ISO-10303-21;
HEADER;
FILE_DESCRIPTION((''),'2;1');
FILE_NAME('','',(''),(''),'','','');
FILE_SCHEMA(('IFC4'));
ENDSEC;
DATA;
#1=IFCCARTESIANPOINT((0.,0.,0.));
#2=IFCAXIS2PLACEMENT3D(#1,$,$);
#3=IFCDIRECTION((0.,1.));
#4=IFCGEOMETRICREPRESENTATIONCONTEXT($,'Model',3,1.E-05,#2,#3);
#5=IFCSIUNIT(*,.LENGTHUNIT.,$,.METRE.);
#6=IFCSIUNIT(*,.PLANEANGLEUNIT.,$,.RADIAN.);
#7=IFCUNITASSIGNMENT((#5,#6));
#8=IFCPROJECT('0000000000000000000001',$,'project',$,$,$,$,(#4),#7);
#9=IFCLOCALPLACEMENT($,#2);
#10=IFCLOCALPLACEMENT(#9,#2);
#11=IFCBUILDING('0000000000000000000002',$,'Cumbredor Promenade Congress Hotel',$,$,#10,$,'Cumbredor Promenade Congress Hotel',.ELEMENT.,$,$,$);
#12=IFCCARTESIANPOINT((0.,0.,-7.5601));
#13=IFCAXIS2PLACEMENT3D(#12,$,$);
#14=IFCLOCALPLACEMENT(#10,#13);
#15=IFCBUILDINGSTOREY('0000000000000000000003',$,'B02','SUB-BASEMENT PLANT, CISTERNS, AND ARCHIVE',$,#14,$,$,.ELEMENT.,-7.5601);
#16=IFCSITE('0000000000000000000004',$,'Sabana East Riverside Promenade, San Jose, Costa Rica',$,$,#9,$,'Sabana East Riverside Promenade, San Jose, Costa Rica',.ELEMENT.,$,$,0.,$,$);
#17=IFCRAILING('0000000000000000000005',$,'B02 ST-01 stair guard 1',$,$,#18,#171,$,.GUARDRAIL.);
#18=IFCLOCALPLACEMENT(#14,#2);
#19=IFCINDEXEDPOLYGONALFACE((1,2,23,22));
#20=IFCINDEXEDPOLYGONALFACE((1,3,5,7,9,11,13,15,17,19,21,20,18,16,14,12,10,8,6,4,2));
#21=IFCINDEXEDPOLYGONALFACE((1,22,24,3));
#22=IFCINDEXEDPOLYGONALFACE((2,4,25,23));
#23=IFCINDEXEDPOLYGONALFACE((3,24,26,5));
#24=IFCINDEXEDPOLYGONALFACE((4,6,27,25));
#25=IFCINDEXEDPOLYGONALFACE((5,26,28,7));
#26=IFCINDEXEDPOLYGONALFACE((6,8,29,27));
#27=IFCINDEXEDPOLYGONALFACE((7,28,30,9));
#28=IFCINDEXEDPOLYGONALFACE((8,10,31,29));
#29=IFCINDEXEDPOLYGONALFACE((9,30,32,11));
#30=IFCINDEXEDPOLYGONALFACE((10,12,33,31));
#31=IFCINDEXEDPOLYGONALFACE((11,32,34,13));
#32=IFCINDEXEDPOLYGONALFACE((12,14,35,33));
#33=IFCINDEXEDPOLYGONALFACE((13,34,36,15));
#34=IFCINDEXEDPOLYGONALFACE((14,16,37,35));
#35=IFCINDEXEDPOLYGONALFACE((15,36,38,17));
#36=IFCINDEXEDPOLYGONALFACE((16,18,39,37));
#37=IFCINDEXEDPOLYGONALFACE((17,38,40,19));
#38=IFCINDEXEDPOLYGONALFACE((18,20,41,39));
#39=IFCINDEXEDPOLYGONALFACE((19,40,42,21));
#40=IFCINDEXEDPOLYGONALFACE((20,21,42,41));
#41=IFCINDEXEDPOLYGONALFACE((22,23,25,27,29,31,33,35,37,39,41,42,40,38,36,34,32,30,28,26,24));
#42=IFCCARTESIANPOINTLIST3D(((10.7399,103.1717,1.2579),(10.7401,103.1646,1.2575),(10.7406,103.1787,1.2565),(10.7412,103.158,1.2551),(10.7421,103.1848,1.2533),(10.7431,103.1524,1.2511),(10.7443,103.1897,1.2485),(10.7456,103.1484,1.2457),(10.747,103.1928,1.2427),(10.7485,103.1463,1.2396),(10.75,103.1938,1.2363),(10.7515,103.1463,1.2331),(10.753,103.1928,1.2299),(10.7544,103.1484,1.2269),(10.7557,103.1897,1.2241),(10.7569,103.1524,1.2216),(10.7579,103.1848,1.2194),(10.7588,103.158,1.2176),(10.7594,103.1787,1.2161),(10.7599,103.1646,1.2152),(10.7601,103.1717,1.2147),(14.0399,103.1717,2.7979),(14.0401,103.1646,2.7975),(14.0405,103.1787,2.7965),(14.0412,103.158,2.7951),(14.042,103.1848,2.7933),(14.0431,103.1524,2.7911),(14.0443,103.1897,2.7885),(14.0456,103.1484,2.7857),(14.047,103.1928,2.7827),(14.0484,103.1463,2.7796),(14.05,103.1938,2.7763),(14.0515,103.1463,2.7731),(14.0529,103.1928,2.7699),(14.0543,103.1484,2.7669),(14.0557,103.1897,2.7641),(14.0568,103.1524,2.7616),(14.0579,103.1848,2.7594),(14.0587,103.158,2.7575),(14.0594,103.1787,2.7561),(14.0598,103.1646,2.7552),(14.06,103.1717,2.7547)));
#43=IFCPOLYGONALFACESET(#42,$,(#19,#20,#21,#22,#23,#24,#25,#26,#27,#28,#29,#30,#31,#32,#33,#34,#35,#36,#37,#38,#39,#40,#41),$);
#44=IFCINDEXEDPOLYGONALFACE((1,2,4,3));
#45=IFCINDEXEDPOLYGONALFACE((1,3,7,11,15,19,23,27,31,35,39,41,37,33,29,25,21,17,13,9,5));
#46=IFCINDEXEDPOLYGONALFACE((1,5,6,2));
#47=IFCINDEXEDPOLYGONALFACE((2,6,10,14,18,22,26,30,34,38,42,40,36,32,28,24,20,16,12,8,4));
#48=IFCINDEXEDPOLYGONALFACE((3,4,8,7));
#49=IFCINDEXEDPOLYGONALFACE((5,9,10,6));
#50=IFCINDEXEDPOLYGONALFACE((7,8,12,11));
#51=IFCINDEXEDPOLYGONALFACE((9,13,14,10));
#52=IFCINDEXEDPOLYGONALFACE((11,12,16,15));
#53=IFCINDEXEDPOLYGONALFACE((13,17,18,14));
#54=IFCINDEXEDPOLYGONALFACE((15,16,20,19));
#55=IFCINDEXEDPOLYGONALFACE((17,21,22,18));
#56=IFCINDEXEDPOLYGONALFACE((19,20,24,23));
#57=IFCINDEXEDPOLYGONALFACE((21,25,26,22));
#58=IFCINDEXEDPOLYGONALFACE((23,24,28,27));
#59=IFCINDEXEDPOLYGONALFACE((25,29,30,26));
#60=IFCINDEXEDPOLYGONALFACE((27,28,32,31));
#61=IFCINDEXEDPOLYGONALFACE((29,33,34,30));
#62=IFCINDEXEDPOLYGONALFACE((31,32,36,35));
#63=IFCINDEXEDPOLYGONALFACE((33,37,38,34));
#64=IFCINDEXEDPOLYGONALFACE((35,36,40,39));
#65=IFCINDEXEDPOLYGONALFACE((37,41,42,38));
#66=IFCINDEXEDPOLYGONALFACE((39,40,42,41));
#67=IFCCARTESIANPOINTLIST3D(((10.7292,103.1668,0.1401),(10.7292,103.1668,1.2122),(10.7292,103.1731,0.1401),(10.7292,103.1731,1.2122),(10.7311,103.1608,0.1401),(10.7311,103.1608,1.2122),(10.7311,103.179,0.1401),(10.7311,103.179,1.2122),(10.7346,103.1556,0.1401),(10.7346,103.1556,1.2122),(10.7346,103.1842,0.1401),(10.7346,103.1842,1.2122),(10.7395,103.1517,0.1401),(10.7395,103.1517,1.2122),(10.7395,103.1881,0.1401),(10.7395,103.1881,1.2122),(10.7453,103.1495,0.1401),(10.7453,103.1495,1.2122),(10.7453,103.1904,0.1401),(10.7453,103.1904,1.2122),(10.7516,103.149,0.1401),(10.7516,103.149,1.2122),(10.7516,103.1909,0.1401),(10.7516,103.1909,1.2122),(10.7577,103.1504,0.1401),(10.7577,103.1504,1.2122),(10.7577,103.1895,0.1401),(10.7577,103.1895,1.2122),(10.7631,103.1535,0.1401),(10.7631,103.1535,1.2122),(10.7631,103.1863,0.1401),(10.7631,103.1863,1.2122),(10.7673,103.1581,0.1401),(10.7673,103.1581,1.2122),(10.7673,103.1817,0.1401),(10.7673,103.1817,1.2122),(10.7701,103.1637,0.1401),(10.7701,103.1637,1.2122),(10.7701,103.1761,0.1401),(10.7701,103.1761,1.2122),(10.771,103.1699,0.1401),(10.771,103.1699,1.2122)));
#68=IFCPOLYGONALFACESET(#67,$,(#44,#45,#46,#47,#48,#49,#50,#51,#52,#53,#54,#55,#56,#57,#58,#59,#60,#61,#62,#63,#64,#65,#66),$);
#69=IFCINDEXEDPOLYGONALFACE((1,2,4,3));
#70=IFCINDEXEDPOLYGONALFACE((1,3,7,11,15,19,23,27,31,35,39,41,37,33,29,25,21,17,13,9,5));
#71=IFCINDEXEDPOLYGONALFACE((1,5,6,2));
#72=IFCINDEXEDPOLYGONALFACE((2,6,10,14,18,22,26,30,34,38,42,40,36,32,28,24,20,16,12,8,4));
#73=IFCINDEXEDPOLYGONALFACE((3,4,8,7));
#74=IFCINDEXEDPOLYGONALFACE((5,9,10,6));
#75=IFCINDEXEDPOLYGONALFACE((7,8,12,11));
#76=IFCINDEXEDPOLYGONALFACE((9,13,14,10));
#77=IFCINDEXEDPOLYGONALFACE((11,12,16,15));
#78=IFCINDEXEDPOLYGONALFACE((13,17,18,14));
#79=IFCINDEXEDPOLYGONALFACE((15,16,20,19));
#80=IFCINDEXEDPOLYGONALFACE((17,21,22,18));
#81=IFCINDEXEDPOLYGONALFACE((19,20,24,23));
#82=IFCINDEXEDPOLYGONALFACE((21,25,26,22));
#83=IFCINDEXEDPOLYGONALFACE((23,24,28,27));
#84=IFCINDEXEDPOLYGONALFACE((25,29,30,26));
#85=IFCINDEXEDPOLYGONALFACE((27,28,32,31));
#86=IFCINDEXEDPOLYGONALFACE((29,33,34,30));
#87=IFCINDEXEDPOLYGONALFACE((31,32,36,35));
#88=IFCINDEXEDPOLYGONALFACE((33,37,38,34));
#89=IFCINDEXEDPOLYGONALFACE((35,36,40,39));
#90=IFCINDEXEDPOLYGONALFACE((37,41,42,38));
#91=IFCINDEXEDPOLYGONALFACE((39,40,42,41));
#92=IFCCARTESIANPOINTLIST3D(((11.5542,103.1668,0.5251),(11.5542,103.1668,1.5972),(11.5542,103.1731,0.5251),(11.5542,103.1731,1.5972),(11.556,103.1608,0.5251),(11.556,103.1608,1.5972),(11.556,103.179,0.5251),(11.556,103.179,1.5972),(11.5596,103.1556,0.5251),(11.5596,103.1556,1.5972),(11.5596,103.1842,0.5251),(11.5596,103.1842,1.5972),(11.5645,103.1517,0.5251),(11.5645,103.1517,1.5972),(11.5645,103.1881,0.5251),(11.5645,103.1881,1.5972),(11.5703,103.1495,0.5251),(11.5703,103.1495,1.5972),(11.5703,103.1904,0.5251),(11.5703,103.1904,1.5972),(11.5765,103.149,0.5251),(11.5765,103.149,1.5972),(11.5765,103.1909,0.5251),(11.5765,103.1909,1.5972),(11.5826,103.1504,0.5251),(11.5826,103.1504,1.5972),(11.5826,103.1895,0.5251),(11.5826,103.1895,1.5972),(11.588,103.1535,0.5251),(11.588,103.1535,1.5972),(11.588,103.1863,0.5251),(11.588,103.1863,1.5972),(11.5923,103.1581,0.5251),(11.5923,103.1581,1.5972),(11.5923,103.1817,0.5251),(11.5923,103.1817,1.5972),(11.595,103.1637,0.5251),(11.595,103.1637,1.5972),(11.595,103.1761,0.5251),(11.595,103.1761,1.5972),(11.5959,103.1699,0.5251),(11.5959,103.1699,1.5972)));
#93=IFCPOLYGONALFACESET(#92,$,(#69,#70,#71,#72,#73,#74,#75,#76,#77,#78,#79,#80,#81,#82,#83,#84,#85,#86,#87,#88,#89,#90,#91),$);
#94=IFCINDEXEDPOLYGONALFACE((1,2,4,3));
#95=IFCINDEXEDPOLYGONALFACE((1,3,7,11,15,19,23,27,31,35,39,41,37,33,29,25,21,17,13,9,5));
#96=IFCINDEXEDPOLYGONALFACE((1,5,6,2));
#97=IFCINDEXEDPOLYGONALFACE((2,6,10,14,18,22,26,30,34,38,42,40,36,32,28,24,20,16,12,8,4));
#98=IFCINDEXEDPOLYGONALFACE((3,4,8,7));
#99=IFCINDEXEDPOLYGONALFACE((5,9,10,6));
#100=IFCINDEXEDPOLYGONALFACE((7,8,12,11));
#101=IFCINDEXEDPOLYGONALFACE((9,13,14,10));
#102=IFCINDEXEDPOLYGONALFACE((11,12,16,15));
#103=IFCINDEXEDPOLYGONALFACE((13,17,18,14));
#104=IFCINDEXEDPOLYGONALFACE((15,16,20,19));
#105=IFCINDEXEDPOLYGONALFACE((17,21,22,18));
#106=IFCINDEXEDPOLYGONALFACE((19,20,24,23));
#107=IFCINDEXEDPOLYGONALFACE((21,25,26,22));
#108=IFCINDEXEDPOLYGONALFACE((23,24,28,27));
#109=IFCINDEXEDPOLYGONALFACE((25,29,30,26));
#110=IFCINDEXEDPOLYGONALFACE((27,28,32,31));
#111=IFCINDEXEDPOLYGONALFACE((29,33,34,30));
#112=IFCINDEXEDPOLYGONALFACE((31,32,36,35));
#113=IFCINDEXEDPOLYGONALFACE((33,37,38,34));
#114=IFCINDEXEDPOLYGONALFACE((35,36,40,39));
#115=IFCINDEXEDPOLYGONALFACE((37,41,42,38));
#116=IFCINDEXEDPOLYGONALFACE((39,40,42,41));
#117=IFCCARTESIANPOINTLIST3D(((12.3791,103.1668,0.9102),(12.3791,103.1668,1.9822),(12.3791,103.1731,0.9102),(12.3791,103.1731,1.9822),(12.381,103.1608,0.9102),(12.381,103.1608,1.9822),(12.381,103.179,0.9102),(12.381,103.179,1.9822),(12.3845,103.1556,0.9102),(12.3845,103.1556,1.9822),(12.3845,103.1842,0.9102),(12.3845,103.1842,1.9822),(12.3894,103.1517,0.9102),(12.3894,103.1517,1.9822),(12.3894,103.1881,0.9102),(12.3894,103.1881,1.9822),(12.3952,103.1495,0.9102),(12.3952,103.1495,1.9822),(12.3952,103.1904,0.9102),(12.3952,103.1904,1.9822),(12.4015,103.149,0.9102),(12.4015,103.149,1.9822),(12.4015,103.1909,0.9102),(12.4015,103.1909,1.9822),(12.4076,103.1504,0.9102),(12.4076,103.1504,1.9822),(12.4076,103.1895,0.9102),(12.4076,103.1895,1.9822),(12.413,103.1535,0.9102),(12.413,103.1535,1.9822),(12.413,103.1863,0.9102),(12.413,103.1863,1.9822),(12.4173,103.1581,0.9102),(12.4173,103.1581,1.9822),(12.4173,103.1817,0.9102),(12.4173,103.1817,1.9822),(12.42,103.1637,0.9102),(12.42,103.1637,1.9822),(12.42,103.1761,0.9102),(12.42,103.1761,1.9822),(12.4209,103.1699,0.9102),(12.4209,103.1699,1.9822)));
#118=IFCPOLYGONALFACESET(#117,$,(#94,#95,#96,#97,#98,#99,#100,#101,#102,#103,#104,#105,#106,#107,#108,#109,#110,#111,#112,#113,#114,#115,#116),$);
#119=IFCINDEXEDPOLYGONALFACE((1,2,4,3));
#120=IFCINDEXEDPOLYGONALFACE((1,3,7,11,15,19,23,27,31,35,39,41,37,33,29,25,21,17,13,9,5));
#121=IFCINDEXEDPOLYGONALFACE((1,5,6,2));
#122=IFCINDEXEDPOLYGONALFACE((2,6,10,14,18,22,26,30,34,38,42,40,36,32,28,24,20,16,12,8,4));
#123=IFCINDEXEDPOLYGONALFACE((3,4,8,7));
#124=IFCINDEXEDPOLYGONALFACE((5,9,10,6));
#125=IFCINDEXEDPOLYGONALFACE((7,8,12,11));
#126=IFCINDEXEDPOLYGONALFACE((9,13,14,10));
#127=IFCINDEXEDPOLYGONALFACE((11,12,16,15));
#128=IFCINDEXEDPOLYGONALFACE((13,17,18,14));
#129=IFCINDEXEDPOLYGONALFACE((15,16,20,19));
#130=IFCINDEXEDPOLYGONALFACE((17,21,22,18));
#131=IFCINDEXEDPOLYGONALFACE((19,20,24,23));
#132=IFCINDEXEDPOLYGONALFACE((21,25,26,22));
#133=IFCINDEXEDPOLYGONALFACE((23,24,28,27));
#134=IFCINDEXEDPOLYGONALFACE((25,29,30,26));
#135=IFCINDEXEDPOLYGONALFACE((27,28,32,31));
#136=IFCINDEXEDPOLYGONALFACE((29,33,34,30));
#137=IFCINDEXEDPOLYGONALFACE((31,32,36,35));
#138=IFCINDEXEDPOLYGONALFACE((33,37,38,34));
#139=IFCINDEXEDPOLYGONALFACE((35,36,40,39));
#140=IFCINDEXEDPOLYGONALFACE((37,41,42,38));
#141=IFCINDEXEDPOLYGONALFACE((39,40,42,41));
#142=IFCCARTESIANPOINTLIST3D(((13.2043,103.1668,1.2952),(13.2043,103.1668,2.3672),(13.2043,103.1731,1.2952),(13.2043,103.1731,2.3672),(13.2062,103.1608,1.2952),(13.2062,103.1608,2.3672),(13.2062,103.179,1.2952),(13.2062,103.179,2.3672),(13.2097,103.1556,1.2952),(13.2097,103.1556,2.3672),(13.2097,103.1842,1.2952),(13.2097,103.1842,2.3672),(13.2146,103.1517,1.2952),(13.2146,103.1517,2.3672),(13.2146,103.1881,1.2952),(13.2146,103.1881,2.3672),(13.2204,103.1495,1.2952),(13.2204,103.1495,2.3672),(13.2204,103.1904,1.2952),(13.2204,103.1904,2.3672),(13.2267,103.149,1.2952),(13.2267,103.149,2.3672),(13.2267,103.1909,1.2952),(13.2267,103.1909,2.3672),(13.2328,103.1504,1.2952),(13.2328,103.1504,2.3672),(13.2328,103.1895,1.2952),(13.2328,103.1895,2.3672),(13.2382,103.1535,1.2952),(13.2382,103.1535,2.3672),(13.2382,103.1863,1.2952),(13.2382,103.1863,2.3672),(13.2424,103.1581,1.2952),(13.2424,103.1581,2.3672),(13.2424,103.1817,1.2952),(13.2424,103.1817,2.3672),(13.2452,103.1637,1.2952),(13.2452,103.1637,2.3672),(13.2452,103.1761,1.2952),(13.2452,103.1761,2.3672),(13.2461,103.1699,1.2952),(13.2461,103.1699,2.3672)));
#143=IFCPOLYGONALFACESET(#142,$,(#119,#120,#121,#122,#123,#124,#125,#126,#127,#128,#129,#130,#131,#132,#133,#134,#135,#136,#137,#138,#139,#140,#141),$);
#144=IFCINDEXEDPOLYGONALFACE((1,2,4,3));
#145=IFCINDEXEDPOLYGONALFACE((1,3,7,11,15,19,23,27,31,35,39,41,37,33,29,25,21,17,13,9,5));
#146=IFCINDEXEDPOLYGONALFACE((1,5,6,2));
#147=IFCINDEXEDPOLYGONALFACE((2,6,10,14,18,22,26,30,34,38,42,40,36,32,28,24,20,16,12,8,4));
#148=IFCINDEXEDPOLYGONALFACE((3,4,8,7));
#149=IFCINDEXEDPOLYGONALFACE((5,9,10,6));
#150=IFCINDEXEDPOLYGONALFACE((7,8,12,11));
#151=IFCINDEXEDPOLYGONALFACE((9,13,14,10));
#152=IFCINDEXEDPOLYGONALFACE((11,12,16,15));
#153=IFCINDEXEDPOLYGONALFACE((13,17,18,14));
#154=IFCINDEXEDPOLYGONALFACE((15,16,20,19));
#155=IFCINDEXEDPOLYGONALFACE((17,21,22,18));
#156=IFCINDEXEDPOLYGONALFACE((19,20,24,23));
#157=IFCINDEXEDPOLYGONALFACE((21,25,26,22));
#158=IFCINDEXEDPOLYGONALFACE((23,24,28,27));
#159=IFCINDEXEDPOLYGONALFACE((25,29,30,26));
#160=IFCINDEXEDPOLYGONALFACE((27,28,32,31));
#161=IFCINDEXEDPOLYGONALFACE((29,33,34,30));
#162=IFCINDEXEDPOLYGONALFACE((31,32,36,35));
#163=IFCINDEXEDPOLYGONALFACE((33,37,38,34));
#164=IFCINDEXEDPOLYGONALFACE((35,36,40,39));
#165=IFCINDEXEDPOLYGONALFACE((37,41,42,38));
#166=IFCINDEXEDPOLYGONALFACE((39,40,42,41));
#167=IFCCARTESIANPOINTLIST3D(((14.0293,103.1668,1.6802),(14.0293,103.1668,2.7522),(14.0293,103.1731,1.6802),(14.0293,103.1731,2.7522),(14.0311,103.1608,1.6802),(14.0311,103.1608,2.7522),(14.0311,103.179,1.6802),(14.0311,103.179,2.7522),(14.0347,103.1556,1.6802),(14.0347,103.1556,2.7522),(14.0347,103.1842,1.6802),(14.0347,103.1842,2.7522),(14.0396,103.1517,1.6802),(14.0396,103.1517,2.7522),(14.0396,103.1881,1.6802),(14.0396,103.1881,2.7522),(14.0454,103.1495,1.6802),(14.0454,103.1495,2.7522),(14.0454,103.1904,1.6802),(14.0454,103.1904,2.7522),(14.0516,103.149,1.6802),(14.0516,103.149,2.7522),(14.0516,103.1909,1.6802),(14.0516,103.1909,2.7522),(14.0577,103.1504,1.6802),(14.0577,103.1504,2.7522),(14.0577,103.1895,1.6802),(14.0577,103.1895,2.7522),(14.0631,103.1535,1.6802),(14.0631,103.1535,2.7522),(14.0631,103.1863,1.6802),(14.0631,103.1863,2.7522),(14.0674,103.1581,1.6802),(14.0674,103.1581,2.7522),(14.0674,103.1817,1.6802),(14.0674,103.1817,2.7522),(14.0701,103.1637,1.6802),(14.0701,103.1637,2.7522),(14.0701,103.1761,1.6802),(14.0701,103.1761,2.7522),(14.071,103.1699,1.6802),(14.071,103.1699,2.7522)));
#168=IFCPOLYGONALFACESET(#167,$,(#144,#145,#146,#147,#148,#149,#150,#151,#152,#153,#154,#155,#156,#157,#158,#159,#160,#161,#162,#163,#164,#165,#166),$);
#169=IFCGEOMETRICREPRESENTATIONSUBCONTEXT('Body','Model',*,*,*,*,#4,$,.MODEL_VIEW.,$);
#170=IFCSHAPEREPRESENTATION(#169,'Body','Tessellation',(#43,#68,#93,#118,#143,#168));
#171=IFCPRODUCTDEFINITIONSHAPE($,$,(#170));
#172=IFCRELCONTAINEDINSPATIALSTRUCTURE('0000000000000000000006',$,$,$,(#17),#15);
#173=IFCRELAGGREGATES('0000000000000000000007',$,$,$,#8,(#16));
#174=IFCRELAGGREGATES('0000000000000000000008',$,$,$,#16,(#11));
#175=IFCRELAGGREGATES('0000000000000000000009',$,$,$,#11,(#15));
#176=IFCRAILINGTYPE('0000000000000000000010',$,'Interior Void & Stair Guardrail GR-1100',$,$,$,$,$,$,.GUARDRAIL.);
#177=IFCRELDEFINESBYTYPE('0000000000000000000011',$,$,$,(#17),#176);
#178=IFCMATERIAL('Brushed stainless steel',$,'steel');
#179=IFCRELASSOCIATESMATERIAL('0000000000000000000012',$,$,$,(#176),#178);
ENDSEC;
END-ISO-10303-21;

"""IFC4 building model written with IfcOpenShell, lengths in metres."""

from ifc_helpers import new_model, si_unit, direction, frame, origin, origin_2d, place, context, subcontext, project, spatial, circle, extrude, material, type_object, element, save


model = new_model("IFC4")

# Units and contexts
model_context = context("Model", 3, precision=1e-05, world=origin(), true_north=direction((0.0, 1.0)))
body_context = subcontext(model_context, "Body", "Model", "MODEL_VIEW")
ifc_project = project(units=[si_unit("LENGTHUNIT", "METRE"), si_unit("PLANEANGLEUNIT", "RADIAN")], contexts=[model_context])

# Site, building, storey
site_placement = place(None, origin())
site = spatial("IfcSite", under=ifc_project, at=site_placement, Name="Sabana East Riverside Promenade, San Jose, Costa Rica", LongName="Sabana East Riverside Promenade, San Jose, Costa Rica", CompositionType="ELEMENT", RefElevation=0.0)
building_placement = place(site_placement, origin())
building = spatial("IfcBuilding", under=site, at=building_placement, Name="Cumbredor Promenade Congress Hotel", LongName="Cumbredor Promenade Congress Hotel", CompositionType="ELEMENT")
storey_placement = place(building_placement, frame((0.0, 0.0, -7.5601)))
storey = spatial("IfcBuildingStorey", under=building, at=storey_placement, Name="B02", Description="SUB-BASEMENT PLANT, CISTERNS, AND ARCHIVE", CompositionType="ELEMENT", Elevation=-7.5601)

# Railing
ifc_material_1 = material(Name="Brushed stainless steel", Category="steel")
railing_type_1 = type_object("IfcRailingType", Name="Interior Void & Stair Guardrail GR-1100", PredefinedType="GUARDRAIL", material=ifc_material_1)
railing_1_placement = place(storey_placement, frame((10.75, 103.1699, 0.1401)))
element("IfcRailing", 1, at=railing_1_placement, inside=storey, type_object=railing_type_1, Name="B02 ST-01 stair guard 1", PredefinedType="GUARDRAIL", context=body_context, shape_type="SweptSolid", body=[
    extrude(circle(Radius=0.0239, at=origin_2d()), frame((0.0, 0.0, 1.0962), z_axis=(0.906181, 0.0, 0.422889), x_axis=(0.0, 1.0, 0.0)), (0.0, 0.0, 1.0), 3.6416),
    extrude(circle(Radius=0.021, at=origin_2d()), origin(), (0.0, 0.0, 1.0), 1.072),
    extrude(circle(Radius=0.021, at=origin_2d()), frame((0.825, 0.0, 0.385)), (0.0, 0.0, 1.0), 1.072),
    extrude(circle(Radius=0.021, at=origin_2d()), frame((1.6499, 0.0, 0.77)), (0.0, 0.0, 1.0), 1.072),
    extrude(circle(Radius=0.021, at=origin_2d()), frame((2.4751, 0.0, 1.155)), (0.0, 0.0, 1.0), 1.072),
    extrude(circle(Radius=0.021, at=origin_2d()), frame((3.3, 0.0, 1.54)), (0.0, 0.0, 1.0), 1.072),
])

save(model, "model.ifc")
